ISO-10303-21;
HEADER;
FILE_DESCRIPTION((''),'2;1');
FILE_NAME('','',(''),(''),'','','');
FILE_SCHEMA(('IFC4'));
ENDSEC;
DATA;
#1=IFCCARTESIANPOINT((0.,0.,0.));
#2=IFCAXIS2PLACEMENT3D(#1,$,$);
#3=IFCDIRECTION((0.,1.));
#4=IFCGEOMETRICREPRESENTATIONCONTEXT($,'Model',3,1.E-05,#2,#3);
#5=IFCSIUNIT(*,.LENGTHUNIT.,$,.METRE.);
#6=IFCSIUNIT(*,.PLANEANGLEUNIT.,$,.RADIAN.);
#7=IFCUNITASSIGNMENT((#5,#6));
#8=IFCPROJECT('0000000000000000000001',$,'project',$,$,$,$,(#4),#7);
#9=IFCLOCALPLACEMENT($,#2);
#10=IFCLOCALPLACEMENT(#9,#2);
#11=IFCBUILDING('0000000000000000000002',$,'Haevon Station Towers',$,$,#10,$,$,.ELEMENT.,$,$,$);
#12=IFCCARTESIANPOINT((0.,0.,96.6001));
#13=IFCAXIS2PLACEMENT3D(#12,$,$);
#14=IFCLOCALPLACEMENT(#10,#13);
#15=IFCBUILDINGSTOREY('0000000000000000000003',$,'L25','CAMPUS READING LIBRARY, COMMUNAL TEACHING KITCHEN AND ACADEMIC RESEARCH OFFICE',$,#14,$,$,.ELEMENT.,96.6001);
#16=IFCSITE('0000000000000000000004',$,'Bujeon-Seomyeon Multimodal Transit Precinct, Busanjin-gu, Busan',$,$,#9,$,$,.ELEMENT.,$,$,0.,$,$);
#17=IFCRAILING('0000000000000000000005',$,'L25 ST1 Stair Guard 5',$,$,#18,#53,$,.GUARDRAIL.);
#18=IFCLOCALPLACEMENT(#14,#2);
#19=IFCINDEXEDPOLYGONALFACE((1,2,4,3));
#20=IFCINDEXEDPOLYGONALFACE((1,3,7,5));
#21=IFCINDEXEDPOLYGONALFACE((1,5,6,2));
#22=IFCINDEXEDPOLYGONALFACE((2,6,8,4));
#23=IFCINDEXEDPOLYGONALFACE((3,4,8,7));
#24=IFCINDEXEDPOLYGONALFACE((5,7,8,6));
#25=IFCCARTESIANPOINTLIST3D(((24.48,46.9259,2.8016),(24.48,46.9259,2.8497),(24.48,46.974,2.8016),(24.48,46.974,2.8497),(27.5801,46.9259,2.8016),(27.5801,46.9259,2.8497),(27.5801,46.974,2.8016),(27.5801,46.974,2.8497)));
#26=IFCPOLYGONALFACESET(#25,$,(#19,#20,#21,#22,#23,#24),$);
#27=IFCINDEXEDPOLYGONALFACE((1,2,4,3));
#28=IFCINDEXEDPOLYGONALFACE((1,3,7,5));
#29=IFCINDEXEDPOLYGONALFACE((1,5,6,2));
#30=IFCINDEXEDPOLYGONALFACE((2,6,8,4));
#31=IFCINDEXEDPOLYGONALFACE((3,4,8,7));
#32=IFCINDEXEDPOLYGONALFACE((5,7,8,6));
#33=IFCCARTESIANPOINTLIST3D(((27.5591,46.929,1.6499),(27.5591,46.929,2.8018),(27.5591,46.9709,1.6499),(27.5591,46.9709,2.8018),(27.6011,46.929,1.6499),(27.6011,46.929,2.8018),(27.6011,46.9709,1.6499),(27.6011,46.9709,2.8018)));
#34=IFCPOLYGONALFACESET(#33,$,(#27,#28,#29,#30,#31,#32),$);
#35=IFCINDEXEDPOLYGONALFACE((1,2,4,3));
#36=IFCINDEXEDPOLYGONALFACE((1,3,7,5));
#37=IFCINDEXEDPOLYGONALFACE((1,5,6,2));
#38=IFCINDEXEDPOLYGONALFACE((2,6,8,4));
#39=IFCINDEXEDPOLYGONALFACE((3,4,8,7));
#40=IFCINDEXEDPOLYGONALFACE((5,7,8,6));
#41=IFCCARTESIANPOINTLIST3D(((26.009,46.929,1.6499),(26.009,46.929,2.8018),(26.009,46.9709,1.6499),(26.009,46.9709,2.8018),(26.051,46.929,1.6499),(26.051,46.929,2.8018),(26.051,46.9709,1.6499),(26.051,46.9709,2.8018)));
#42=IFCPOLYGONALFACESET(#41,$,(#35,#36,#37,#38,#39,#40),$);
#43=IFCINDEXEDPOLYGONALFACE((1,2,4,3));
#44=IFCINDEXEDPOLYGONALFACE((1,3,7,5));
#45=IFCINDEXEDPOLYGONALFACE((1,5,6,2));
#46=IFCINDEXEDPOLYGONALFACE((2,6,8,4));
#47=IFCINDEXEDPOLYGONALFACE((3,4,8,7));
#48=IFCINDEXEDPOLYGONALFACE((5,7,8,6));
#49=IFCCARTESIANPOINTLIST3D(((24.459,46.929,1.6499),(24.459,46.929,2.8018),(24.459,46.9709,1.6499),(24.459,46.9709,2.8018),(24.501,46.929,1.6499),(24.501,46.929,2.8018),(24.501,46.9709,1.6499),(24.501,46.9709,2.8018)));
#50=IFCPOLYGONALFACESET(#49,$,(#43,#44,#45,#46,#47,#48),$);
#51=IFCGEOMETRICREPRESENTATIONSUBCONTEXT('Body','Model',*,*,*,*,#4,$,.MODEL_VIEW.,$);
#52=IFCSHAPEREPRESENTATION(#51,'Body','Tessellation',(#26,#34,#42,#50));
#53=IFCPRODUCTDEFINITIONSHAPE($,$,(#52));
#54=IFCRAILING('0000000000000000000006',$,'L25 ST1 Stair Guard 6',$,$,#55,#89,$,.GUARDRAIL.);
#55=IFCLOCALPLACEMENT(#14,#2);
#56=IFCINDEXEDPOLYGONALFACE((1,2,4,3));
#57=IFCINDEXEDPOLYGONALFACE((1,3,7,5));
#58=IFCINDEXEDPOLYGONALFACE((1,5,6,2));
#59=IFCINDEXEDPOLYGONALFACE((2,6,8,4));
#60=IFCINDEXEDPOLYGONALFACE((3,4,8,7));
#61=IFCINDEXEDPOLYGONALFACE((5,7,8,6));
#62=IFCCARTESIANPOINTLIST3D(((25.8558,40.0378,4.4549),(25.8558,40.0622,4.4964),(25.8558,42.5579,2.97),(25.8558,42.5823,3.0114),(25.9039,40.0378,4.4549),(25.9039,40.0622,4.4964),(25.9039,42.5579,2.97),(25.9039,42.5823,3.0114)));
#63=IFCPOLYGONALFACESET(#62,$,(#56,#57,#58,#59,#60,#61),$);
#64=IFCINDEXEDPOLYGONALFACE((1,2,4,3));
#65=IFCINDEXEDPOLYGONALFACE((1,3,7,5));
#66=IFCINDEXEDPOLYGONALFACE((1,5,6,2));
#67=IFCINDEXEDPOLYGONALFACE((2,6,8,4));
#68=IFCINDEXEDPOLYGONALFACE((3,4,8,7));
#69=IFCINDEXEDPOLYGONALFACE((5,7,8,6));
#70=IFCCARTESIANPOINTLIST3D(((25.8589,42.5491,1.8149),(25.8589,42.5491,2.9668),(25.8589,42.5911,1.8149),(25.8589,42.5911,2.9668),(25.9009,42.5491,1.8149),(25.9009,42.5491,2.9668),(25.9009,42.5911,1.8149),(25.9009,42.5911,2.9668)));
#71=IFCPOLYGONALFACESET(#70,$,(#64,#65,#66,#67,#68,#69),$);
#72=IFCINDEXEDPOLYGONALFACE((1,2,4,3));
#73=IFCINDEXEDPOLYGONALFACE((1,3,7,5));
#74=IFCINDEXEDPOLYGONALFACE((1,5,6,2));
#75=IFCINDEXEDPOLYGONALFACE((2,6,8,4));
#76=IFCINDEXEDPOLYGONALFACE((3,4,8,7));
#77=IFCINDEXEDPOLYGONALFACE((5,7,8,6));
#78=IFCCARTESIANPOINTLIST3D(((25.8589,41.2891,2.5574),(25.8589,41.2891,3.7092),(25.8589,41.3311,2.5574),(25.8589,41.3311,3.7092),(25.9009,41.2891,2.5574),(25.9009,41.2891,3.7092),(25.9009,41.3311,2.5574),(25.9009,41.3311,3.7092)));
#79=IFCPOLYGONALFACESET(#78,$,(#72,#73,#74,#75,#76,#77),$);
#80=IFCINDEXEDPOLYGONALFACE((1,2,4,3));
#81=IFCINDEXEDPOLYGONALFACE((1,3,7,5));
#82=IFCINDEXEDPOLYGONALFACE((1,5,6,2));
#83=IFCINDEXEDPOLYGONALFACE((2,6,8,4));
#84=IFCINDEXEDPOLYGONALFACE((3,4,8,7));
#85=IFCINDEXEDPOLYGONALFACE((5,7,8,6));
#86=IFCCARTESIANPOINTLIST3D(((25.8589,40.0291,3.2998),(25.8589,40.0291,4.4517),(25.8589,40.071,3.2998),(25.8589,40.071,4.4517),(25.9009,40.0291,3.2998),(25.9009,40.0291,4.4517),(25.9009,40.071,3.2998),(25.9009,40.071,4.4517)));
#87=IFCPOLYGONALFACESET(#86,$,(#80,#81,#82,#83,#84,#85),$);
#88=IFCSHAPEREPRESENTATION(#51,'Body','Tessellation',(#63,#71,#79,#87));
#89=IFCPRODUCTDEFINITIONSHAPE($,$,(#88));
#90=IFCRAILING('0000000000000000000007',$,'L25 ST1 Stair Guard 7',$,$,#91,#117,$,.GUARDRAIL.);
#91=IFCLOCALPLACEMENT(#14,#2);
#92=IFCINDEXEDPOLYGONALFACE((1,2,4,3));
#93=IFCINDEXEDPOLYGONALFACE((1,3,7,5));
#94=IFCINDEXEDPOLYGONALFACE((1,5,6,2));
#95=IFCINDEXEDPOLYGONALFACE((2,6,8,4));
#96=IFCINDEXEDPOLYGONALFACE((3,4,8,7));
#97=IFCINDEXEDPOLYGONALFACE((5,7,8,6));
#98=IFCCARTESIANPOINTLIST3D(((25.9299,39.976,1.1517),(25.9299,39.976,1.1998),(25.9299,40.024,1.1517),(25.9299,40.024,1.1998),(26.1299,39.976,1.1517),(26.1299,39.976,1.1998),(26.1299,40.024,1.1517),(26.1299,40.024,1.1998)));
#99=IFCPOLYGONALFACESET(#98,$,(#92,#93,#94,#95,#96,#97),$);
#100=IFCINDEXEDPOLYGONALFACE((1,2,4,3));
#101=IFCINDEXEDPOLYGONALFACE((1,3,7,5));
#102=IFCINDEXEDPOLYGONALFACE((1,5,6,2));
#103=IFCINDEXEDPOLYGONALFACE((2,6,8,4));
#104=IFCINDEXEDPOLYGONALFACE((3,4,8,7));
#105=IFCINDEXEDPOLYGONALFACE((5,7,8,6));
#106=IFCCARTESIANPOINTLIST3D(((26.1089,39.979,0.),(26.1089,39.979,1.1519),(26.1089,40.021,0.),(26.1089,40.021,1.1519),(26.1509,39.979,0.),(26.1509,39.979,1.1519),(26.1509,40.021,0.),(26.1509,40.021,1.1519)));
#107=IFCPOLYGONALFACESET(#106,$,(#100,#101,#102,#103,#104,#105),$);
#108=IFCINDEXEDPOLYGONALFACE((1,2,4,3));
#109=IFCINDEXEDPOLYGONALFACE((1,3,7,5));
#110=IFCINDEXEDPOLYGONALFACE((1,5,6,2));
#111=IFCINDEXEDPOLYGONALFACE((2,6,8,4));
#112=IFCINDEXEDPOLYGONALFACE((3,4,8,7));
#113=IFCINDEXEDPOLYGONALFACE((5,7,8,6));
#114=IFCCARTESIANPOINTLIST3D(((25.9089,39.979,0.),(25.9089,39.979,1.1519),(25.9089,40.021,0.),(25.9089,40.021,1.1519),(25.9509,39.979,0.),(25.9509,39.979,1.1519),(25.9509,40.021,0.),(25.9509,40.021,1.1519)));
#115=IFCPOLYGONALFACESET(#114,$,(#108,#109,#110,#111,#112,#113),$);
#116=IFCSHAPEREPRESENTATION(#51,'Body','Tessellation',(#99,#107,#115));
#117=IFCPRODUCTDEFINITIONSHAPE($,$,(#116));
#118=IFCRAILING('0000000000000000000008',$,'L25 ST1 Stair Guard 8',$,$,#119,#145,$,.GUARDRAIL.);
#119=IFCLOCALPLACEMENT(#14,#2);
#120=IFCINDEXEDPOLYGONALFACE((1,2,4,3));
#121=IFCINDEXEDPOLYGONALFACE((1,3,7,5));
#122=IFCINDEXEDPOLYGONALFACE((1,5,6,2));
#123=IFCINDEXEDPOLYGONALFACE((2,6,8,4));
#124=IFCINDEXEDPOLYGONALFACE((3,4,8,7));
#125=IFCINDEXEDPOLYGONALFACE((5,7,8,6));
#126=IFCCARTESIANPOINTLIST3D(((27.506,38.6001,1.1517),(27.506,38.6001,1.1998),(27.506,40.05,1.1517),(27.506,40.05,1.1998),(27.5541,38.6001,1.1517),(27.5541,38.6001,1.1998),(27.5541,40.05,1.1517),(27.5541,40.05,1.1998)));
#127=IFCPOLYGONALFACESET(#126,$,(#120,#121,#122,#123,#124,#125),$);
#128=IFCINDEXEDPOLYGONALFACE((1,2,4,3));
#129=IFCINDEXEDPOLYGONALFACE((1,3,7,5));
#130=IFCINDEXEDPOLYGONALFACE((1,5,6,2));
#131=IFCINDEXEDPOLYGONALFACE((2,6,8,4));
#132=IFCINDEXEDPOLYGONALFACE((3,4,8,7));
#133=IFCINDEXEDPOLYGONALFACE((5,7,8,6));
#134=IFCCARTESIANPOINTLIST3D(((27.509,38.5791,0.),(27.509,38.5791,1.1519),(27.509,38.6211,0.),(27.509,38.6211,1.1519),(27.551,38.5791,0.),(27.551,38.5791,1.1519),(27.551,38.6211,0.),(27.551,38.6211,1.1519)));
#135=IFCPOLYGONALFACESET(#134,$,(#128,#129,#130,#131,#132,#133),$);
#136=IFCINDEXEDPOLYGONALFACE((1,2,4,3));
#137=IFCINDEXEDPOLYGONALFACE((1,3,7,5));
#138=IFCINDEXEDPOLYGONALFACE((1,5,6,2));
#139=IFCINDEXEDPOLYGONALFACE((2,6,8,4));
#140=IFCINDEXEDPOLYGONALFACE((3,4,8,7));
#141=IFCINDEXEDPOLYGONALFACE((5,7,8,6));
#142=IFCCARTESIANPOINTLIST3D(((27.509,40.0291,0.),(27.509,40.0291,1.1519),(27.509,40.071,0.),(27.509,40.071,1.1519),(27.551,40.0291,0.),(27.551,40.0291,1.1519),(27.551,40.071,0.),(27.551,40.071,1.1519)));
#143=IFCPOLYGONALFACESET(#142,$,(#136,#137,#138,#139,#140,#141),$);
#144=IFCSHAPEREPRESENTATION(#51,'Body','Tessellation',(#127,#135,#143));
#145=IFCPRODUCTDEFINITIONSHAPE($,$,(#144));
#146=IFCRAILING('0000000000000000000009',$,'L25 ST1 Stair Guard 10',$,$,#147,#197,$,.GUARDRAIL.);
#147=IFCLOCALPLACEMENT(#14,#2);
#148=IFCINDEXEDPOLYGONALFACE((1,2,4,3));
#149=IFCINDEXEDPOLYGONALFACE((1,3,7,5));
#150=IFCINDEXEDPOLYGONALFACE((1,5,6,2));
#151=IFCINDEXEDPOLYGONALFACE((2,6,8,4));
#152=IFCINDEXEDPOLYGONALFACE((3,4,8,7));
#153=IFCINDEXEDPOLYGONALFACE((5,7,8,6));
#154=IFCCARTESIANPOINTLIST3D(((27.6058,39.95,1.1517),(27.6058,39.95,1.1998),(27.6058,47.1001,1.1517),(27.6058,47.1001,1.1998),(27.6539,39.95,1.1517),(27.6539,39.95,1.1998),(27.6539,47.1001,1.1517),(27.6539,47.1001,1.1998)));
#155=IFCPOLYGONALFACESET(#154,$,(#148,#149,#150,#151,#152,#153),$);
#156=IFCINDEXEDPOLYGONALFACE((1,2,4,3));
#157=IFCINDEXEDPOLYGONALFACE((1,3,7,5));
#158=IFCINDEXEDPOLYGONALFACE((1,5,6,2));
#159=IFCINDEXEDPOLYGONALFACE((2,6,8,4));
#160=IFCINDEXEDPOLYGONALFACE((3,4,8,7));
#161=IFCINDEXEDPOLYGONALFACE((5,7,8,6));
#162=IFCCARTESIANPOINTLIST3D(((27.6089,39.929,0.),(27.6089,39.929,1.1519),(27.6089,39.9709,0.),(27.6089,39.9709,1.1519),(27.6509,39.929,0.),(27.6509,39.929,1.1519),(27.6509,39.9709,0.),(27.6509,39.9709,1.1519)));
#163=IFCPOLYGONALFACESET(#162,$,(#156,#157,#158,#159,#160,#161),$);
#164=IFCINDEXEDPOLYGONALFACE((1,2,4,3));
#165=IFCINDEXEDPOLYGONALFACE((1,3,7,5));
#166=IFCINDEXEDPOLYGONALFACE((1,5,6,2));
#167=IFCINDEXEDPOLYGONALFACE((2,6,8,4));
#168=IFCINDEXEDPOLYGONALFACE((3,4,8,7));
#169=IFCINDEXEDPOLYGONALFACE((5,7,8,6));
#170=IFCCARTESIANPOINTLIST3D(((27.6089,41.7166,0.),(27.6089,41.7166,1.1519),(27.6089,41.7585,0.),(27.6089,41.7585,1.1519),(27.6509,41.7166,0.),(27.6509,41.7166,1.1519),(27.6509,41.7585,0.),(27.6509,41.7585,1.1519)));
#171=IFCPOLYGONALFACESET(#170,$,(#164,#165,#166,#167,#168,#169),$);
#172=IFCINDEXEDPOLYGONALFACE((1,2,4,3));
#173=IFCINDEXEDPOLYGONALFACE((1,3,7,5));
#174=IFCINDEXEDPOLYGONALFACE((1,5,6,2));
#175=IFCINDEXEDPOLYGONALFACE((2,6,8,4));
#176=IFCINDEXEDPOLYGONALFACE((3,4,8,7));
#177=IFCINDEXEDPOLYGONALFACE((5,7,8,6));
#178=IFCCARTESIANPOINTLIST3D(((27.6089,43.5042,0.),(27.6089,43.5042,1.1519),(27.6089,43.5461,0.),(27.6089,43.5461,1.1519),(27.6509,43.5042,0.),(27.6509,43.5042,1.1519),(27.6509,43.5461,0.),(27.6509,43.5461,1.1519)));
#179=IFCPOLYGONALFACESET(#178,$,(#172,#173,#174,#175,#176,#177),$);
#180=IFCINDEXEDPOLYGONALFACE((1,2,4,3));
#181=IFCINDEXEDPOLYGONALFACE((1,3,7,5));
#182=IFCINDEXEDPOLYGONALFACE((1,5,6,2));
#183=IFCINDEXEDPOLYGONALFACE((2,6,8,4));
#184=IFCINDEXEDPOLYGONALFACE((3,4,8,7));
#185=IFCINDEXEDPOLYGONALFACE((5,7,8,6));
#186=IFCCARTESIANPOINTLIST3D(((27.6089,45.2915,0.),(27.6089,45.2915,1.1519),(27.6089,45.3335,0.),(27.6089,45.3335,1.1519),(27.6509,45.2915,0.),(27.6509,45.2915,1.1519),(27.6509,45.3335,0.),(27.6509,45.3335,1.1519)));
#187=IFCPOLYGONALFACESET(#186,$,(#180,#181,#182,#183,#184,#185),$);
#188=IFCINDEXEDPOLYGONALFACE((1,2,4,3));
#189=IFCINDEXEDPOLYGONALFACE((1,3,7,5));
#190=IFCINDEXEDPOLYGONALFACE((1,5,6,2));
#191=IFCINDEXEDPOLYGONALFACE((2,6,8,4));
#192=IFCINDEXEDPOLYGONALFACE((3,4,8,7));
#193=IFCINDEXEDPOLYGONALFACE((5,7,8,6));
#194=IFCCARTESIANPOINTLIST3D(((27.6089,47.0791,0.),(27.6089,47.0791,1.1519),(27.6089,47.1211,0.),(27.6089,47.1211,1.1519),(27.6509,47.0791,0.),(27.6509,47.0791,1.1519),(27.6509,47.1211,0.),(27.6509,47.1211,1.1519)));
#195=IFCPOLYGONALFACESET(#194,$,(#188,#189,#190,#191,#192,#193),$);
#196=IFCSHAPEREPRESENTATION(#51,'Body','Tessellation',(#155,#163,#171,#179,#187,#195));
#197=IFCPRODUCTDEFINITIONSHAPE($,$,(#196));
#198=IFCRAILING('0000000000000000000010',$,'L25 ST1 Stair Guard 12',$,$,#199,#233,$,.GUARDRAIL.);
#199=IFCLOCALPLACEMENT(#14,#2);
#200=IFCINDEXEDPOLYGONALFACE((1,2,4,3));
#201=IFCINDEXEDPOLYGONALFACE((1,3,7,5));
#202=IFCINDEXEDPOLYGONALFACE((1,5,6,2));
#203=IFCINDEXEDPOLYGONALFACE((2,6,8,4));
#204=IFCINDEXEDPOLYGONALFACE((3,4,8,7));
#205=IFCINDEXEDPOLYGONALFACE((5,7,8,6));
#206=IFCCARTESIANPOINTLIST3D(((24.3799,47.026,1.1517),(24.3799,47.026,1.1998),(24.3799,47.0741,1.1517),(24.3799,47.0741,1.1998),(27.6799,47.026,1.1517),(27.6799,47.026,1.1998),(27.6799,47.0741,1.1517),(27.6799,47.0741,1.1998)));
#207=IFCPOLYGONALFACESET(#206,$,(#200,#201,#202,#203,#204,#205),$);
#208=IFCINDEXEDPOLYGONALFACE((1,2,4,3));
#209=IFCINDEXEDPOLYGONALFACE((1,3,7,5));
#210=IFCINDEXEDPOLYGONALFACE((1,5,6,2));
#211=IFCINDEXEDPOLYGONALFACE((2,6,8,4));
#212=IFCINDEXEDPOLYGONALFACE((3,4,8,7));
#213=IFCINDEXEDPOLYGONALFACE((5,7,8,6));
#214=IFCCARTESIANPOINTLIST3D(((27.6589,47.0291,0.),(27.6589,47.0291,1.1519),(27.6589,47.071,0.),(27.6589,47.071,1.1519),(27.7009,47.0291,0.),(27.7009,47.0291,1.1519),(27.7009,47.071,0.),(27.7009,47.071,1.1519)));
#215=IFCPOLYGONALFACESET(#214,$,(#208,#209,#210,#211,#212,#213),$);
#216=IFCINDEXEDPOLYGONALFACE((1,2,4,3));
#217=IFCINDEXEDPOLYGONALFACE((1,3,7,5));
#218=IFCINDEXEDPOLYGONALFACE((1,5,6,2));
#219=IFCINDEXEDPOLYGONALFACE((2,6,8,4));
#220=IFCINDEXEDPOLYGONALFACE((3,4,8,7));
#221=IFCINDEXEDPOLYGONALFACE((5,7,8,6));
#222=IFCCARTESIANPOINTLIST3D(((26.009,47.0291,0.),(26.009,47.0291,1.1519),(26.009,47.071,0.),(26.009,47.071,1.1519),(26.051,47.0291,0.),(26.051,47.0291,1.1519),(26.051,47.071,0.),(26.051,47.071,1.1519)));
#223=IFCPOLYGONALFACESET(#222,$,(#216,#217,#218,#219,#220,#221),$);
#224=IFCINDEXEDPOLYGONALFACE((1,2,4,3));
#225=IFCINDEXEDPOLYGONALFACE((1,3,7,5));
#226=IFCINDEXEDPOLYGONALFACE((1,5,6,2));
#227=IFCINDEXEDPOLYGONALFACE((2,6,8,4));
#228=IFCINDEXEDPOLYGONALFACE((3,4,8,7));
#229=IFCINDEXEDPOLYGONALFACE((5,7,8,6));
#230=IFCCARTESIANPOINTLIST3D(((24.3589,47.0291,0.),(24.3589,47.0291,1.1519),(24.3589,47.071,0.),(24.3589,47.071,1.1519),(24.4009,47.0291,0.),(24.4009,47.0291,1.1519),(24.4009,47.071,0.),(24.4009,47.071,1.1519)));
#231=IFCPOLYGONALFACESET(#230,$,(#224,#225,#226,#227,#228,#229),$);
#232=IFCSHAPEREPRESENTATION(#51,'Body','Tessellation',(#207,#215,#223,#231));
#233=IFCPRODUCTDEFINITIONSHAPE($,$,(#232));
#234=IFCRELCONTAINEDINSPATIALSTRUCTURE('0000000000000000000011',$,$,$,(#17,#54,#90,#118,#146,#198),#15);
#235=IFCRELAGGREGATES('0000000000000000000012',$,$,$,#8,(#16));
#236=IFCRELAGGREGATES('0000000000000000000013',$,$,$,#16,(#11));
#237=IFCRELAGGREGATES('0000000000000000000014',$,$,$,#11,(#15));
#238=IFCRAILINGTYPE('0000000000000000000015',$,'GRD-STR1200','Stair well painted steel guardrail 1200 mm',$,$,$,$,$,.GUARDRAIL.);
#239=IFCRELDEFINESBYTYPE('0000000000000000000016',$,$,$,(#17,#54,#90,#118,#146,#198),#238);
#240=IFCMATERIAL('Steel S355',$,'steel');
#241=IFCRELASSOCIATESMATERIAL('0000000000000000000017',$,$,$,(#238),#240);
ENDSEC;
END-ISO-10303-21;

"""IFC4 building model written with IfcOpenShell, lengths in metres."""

from ifc_helpers import new_model, si_unit, direction, frame, origin, origin_2d, place, context, subcontext, project, spatial, rectangle, extrude, material, type_object, element, save


model = new_model("IFC4")

# Units and contexts
model_context = context("Model", 3, precision=1e-05, world=origin(), true_north=direction((0.0, 1.0)))
body_context = subcontext(model_context, "Body", "Model", "MODEL_VIEW")
ifc_project = project(units=[si_unit("LENGTHUNIT", "METRE"), si_unit("PLANEANGLEUNIT", "RADIAN")], contexts=[model_context])

# Site, building, storey
site_placement = place(None, origin())
site = spatial("IfcSite", under=ifc_project, at=site_placement, Name="Bujeon-Seomyeon Multimodal Transit Precinct, Busanjin-gu, Busan", CompositionType="ELEMENT", RefElevation=0.0)
building_placement = place(site_placement, origin())
building = spatial("IfcBuilding", under=site, at=building_placement, Name="Haevon Station Towers", CompositionType="ELEMENT")
storey_placement = place(building_placement, frame((0.0, 0.0, 96.6001)))
storey = spatial("IfcBuildingStorey", under=building, at=storey_placement, Name="L25", Description="CAMPUS READING LIBRARY, COMMUNAL TEACHING KITCHEN AND ACADEMIC RESEARCH OFFICE", CompositionType="ELEMENT", Elevation=96.6001)

# Shared definitions
ifc_material_1 = material(Name="Steel S355", Category="steel")

# Railings
railing_type_1 = type_object("IfcRailingType", Name="GRD-STR1200", Description="Stair well painted steel guardrail 1200 mm", PredefinedType="GUARDRAIL", material=ifc_material_1)
railing_1_placement = place(storey_placement, frame((27.5801, 46.95, 1.6499)))
element("IfcRailing", 1, at=railing_1_placement, inside=storey, type_object=railing_type_1, Name="L25 ST1 Stair Guard 5", PredefinedType="GUARDRAIL", context=body_context, shape_type="SweptSolid", body=[
    extrude(rectangle(XDim=0.0481, YDim=0.0481, at=origin_2d()), frame((0.0, 0.0, 1.1758), z_axis=(-1.0, 0.0, 0.0), x_axis=(0.0, -1.0, 0.0)), (0.0, 0.0, 1.0), 3.1001),
    extrude(rectangle(XDim=0.042, YDim=0.042, at=origin_2d()), origin(), (0.0, 0.0, 1.0), 1.1519),
    extrude(rectangle(XDim=0.042, YDim=0.042, at=origin_2d()), frame((-1.55, 0.0, 0.0)), (0.0, 0.0, 1.0), 1.1519),
    extrude(rectangle(XDim=0.042, YDim=0.042, at=origin_2d()), frame((-3.1001, 0.0, 0.0)), (0.0, 0.0, 1.0), 1.1519),
])
railing_2_placement = place(storey_placement, frame((25.8799, 42.5701, 1.8149)))
element("IfcRailing", 2, at=railing_2_placement, inside=storey, type_object=railing_type_1, Name="L25 ST1 Stair Guard 6", PredefinedType="GUARDRAIL", context=body_context, shape_type="SweptSolid", body=[
    extrude(rectangle(XDim=0.0481, YDim=0.0481, at=origin_2d()), frame((0.0, 0.0, 1.1758), z_axis=(0.0, -0.861561, 0.507655), x_axis=(1.0, 0.0, 0.0)), (0.0, 0.0, 1.0), 2.925),
    extrude(rectangle(XDim=0.042, YDim=0.042, at=origin_2d()), origin(), (0.0, 0.0, 1.0), 1.1519),
    extrude(rectangle(XDim=0.042, YDim=0.042, at=origin_2d()), frame((0.0, -1.26, 0.7424)), (0.0, 0.0, 1.0), 1.1519),
    extrude(rectangle(XDim=0.042, YDim=0.042, at=origin_2d()), frame((0.0, -2.52, 1.4849)), (0.0, 0.0, 1.0), 1.1519),
])
railing_3_placement = place(storey_placement, frame((26.1299, 40.0, 0.0)))
element("IfcRailing", 3, at=railing_3_placement, inside=storey, type_object=railing_type_1, Name="L25 ST1 Stair Guard 7", PredefinedType="GUARDRAIL", context=body_context, shape_type="SweptSolid", body=[
    extrude(rectangle(XDim=0.0481, YDim=0.0481, at=origin_2d()), frame((0.0, 0.0, 1.1758), z_axis=(-1.0, 0.0, 0.0), x_axis=(0.0, -1.0, 0.0)), (0.0, 0.0, 1.0), 0.2),
    extrude(rectangle(XDim=0.042, YDim=0.042, at=origin_2d()), origin(), (0.0, 0.0, 1.0), 1.1519),
    extrude(rectangle(XDim=0.042, YDim=0.042, at=origin_2d()), frame((-0.2, 0.0, 0.0)), (0.0, 0.0, 1.0), 1.1519),
])
railing_4_placement = place(storey_placement, frame((27.53, 38.6001, 0.0)))
element("IfcRailing", 4, at=railing_4_placement, inside=storey, type_object=railing_type_1, Name="L25 ST1 Stair Guard 8", PredefinedType="GUARDRAIL", context=body_context, shape_type="SweptSolid", body=[
    extrude(rectangle(XDim=0.0481, YDim=0.0481, at=origin_2d()), frame((0.0, 0.0, 1.1758), z_axis=(0.0, 1.0, 0.0), x_axis=(-1.0, 0.0, 0.0)), (0.0, 0.0, 1.0), 1.45),
    extrude(rectangle(XDim=0.042, YDim=0.042, at=origin_2d()), origin(), (0.0, 0.0, 1.0), 1.1519),
    extrude(rectangle(XDim=0.042, YDim=0.042, at=origin_2d()), frame((0.0, 1.45, 0.0)), (0.0, 0.0, 1.0), 1.1519),
])
railing_5_placement = place(storey_placement, frame((27.6299, 39.95, 0.0)))
element("IfcRailing", 5, at=railing_5_placement, inside=storey, type_object=railing_type_1, Name="L25 ST1 Stair Guard 10", PredefinedType="GUARDRAIL", context=body_context, shape_type="SweptSolid", body=[
    extrude(rectangle(XDim=0.0481, YDim=0.0481, at=origin_2d()), frame((0.0, 0.0, 1.1758), z_axis=(0.0, 1.0, 0.0), x_axis=(-1.0, 0.0, 0.0)), (0.0, 0.0, 1.0), 7.1501),
    extrude(rectangle(XDim=0.042, YDim=0.042, at=origin_2d()), origin(), (0.0, 0.0, 1.0), 1.1519),
    extrude(rectangle(XDim=0.042, YDim=0.042, at=origin_2d()), frame((0.0, 1.7876, 0.0)), (0.0, 0.0, 1.0), 1.1519),
    extrude(rectangle(XDim=0.042, YDim=0.042, at=origin_2d()), frame((0.0, 3.5752, 0.0)), (0.0, 0.0, 1.0), 1.1519),
    extrude(rectangle(XDim=0.042, YDim=0.042, at=origin_2d()), frame((0.0, 5.3625, 0.0)), (0.0, 0.0, 1.0), 1.1519),
    extrude(rectangle(XDim=0.042, YDim=0.042, at=origin_2d()), frame((0.0, 7.1501, 0.0)), (0.0, 0.0, 1.0), 1.1519),
])
railing_6_placement = place(storey_placement, frame((27.6799, 47.05, 0.0)))
element("IfcRailing", 6, at=railing_6_placement, inside=storey, type_object=railing_type_1, Name="L25 ST1 Stair Guard 12", PredefinedType="GUARDRAIL", context=body_context, shape_type="SweptSolid", body=[
    extrude(rectangle(XDim=0.0481, YDim=0.0481, at=origin_2d()), frame((0.0, 0.0, 1.1758), z_axis=(-1.0, 0.0, 0.0), x_axis=(0.0, -1.0, 0.0)), (0.0, 0.0, 1.0), 3.3),
    extrude(rectangle(XDim=0.042, YDim=0.042, at=origin_2d()), origin(), (0.0, 0.0, 1.0), 1.1519),
    extrude(rectangle(XDim=0.042, YDim=0.042, at=origin_2d()), frame((-1.6499, 0.0, 0.0)), (0.0, 0.0, 1.0), 1.1519),
    extrude(rectangle(XDim=0.042, YDim=0.042, at=origin_2d()), frame((-3.3, 0.0, 0.0)), (0.0, 0.0, 1.0), 1.1519),
])

save(model, "model.ifc")
